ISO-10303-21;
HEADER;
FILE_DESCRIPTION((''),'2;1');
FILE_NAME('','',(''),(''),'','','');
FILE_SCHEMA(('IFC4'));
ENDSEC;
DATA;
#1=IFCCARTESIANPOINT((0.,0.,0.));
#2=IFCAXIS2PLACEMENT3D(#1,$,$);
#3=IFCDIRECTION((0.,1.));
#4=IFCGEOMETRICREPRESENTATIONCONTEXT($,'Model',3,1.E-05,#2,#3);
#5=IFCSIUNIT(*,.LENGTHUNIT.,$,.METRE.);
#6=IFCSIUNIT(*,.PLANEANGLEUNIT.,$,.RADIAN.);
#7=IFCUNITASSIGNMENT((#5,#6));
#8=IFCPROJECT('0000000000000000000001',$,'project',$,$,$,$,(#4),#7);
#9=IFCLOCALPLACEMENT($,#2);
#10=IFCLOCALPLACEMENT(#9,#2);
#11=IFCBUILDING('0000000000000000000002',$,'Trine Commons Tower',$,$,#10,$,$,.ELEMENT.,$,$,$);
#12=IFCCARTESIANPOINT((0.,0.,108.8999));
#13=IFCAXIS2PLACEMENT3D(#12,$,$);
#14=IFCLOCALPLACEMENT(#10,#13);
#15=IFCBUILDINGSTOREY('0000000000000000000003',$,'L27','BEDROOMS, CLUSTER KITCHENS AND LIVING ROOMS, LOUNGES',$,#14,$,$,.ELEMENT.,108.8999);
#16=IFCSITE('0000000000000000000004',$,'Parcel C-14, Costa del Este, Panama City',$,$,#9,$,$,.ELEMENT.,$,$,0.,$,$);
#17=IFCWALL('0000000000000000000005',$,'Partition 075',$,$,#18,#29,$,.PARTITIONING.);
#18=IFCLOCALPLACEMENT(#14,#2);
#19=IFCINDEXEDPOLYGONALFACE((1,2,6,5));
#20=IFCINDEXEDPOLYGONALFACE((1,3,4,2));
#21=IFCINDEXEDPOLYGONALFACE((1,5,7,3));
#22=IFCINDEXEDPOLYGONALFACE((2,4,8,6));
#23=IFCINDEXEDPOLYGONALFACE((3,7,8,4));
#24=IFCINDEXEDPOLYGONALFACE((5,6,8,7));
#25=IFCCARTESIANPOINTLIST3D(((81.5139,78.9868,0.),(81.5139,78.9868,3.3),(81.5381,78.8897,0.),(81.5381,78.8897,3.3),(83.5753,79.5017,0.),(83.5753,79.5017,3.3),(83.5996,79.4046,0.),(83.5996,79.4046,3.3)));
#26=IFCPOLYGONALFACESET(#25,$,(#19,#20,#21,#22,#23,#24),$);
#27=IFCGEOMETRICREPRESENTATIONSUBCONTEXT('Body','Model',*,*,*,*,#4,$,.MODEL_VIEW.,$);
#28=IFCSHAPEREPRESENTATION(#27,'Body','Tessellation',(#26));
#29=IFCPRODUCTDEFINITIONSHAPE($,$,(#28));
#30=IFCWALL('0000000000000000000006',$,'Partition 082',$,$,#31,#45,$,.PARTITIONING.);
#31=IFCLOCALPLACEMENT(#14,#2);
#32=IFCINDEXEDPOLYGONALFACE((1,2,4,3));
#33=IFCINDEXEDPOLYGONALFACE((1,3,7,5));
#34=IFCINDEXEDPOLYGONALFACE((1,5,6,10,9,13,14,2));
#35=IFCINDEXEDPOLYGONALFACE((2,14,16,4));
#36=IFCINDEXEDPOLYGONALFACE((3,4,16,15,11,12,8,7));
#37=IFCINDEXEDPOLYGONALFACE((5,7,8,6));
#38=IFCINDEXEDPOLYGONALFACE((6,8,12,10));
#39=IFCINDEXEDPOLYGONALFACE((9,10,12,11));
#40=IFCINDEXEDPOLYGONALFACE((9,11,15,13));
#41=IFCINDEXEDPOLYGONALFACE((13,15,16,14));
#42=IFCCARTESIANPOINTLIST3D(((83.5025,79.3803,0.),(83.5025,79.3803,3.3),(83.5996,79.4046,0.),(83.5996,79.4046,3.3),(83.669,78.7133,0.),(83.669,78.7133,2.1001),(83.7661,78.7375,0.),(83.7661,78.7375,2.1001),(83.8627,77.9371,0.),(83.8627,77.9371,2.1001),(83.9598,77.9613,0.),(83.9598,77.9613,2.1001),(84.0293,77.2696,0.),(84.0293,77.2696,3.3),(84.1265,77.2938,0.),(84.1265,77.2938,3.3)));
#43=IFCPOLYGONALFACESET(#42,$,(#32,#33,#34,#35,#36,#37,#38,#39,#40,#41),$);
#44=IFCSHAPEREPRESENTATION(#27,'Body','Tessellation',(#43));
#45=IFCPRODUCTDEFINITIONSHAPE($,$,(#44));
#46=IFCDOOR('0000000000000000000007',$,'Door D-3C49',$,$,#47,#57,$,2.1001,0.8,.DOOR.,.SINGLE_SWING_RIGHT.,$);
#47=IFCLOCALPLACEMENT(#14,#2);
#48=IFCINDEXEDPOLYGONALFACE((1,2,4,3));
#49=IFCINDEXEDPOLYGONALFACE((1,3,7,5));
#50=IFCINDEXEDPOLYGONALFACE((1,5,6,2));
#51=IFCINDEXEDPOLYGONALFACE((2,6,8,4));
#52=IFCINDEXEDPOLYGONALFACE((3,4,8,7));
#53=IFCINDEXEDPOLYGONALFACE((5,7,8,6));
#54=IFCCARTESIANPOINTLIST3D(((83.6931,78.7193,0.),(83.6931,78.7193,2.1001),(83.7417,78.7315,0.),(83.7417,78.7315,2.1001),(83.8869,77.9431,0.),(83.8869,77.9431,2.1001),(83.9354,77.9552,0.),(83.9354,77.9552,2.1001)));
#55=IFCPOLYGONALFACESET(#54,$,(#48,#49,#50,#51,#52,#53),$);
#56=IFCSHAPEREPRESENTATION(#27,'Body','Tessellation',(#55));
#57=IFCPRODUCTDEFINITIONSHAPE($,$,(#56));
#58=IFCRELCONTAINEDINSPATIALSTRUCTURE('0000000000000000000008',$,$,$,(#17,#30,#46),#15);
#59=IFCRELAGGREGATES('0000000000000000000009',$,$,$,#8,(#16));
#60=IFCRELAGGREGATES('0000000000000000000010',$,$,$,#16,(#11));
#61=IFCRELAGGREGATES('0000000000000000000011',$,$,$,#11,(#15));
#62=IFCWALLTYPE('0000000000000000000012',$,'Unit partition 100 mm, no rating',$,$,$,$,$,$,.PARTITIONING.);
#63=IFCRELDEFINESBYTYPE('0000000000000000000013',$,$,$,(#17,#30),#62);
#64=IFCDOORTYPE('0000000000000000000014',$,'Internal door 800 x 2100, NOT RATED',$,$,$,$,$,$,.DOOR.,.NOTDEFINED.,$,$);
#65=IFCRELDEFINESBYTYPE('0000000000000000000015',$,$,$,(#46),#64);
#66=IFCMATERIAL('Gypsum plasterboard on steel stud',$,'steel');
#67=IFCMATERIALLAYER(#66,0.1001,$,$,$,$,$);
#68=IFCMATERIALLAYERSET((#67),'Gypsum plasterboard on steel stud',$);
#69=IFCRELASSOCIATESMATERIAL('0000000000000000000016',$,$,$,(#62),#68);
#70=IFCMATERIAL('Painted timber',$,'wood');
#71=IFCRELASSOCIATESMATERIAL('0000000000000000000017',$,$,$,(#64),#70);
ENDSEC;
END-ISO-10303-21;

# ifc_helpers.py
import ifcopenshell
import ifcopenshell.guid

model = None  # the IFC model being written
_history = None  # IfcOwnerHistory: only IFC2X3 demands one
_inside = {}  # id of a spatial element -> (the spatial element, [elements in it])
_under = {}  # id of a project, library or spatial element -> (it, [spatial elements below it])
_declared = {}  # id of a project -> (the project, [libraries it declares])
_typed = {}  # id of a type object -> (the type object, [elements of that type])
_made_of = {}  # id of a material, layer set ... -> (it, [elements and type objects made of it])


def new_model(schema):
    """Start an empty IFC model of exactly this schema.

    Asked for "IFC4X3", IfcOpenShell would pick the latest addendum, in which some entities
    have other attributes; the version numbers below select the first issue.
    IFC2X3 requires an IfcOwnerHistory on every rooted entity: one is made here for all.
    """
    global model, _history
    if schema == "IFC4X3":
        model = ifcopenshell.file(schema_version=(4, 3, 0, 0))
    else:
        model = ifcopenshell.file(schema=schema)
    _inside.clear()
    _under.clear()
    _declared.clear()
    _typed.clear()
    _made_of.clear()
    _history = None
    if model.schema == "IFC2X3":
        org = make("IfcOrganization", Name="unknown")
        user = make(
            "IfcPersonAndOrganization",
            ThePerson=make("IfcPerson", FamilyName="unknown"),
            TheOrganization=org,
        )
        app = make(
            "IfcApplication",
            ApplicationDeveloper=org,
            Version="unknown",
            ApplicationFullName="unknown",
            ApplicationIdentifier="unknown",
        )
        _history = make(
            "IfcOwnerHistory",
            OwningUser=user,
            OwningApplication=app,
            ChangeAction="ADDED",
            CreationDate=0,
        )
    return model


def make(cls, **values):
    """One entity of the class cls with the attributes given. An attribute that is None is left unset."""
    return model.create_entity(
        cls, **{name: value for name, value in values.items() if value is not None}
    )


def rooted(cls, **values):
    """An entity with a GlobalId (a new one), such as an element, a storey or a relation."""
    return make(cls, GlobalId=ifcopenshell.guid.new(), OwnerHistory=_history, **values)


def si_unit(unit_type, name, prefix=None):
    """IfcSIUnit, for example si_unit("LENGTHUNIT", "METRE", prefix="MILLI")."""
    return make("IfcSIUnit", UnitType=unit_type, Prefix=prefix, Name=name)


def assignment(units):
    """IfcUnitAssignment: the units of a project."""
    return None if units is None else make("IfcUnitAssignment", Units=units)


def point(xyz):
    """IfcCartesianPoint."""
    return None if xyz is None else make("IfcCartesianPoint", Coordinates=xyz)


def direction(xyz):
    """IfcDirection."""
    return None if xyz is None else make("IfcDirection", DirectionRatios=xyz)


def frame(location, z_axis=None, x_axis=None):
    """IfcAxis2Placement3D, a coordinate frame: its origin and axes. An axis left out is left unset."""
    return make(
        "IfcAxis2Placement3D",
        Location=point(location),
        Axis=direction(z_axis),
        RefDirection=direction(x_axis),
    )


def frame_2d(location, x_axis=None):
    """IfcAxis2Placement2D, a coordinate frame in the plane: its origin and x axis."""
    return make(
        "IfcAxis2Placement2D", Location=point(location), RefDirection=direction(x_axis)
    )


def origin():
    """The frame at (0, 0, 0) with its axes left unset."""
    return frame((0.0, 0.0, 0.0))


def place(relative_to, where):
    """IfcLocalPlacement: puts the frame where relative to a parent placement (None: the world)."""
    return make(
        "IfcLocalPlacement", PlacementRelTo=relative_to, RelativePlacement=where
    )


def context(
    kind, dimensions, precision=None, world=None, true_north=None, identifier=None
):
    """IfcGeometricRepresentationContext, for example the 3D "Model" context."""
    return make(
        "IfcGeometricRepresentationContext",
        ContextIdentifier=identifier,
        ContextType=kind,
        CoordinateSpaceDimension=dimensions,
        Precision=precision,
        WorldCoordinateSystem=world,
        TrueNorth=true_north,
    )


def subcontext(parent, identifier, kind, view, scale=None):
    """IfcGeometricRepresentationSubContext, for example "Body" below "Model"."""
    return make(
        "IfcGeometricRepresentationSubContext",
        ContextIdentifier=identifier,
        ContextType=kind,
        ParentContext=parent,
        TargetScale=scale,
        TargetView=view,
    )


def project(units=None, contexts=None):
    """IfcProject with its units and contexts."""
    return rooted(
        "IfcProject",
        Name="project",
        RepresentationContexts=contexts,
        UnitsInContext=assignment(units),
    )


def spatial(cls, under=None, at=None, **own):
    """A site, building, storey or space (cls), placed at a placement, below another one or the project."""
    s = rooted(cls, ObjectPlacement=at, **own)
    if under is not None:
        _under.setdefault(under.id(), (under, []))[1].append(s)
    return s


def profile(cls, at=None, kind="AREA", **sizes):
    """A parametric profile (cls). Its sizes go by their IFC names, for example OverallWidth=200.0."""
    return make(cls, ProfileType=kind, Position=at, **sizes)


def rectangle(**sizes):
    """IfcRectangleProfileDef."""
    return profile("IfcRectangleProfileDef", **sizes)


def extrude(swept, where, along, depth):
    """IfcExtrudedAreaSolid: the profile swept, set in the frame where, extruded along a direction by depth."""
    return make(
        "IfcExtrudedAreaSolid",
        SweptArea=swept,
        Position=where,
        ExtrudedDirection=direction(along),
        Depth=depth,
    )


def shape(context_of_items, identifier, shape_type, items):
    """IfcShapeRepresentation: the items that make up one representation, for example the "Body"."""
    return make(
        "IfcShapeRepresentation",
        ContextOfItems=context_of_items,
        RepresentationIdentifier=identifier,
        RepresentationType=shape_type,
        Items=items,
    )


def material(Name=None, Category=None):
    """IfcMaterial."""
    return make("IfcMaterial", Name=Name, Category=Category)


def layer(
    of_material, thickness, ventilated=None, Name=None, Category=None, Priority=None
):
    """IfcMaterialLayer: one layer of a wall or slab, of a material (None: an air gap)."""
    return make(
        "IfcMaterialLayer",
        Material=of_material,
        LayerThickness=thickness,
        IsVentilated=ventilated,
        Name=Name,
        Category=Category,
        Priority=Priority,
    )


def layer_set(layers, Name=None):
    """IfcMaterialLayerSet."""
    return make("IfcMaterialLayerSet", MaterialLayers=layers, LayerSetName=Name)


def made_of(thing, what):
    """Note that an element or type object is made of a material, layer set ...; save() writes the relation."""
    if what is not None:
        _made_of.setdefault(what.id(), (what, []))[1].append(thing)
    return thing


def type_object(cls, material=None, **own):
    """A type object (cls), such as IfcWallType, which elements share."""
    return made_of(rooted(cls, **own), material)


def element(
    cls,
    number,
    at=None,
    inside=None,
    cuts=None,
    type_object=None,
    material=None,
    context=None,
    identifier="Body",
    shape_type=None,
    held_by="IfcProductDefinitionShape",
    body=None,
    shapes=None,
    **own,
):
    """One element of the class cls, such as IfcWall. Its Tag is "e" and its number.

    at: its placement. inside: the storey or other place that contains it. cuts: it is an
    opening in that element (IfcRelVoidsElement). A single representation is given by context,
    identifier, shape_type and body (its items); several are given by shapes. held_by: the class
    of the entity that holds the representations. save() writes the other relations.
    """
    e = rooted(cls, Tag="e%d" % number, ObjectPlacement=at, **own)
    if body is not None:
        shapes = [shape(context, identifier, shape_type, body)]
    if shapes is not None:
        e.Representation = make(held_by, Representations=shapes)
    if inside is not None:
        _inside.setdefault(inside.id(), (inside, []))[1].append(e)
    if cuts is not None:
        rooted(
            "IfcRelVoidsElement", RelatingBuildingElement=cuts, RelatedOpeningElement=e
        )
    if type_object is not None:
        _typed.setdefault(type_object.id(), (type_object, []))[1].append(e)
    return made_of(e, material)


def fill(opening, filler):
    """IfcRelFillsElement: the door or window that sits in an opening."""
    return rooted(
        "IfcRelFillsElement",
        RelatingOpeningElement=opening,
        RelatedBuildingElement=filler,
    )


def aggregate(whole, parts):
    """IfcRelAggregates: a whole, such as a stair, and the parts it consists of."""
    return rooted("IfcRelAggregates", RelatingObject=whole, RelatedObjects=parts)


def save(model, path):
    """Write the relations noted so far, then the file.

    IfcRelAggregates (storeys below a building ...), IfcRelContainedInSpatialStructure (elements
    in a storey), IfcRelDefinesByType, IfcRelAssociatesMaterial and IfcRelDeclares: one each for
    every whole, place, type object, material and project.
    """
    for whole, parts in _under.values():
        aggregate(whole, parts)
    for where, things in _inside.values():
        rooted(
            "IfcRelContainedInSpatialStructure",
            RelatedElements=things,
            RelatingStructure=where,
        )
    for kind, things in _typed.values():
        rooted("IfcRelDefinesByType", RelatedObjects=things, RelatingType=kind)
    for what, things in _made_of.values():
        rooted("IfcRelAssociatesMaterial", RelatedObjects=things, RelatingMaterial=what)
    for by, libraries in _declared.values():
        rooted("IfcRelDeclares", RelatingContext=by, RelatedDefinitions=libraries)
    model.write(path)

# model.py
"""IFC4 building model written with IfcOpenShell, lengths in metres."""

from ifc_helpers import new_model, si_unit, direction, frame, frame_2d, origin, place, context, subcontext, project, spatial, rectangle, extrude, material, layer, layer_set, type_object, element, fill, save


model = new_model("IFC4")

# Units and contexts
model_context = context("Model", 3, precision=1e-05, world=origin(), true_north=direction((0.0, 1.0)))
body_context = subcontext(model_context, "Body", "Model", "MODEL_VIEW")
ifc_project = project(units=[si_unit("LENGTHUNIT", "METRE"), si_unit("PLANEANGLEUNIT", "RADIAN")], contexts=[model_context])

# Site, building, storey
site_placement = place(None, origin())
site = spatial("IfcSite", under=ifc_project, at=site_placement, Name="Parcel C-14, Costa del Este, Panama City", CompositionType="ELEMENT", RefElevation=0.0)
building_placement = place(site_placement, origin())
building = spatial("IfcBuilding", under=site, at=building_placement, Name="Trine Commons Tower", CompositionType="ELEMENT")
storey_placement = place(building_placement, frame((0.0, 0.0, 108.8999)))
storey = spatial("IfcBuildingStorey", under=building, at=storey_placement, Name="L27", Description="BEDROOMS, CLUSTER KITCHENS AND LIVING ROOMS, LOUNGES", CompositionType="ELEMENT", Elevation=108.8999)

# Shared definitions
ifc_material_1 = material(Name="Gypsum plasterboard on steel stud", Category="steel")

# Shared definitions
ifc_material_2 = material(Name="Painted timber", Category="wood")

# Wall
ifc_layer_1 = layer(ifc_material_1, 0.1001)
ifc_layer_set_1 = layer_set([ifc_layer_1], Name="Gypsum plasterboard on steel stud")
wall_type_1 = type_object("IfcWallType", Name="Unit partition 100 mm, no rating", PredefinedType="PARTITIONING", material=ifc_layer_set_1)
wall_1_placement = place(storey_placement, frame((81.5259, 78.9382, 0.0), z_axis=(0.0, 0.0, 1.0), x_axis=(0.970197, 0.242319, 0.0)))
element("IfcWall", 1, at=wall_1_placement, inside=storey, type_object=wall_type_1, Name="Partition 075", PredefinedType="PARTITIONING", context=body_context, shape_type="SweptSolid", body=[
    extrude(rectangle(XDim=2.1248, YDim=0.1001, at=frame_2d((1.0625, 0.0))), origin(), (0.0, 0.0, 1.0), 3.3),
])

# Wall, opening, door
wall_2_placement = place(storey_placement, frame((83.551, 79.3926, 0.0), z_axis=(0.0, 0.0, 1.0), x_axis=(0.242166, -0.970235, 0.0)))
wall_2 = element("IfcWall", 2, at=wall_2_placement, inside=storey, type_object=wall_type_1, Name="Partition 082", PredefinedType="PARTITIONING", context=body_context, shape_type="SweptSolid", body=[
    extrude(rectangle(XDim=2.1755, YDim=0.1001, at=frame_2d((1.0879, 0.0))), origin(), (0.0, 0.0, 1.0), 3.3),
])
opening_1_placement = place(wall_2_placement, frame((0.6877, 0.0, 0.0)))
opening_1 = element("IfcOpeningElement", 3, at=opening_1_placement, cuts=wall_2, PredefinedType="OPENING", context=body_context, shape_type="SweptSolid", body=[
    extrude(rectangle(XDim=0.8, YDim=2.1001, at=frame_2d((0.3999, 1.05))), frame((0.0, 0.0601, 0.0), z_axis=(0.0, -1.0, 0.0), x_axis=(1.0, 0.0, 0.0)), (0.0, 0.0, 1.0), 0.1201),
])
door_type_1 = type_object("IfcDoorType", Name="Internal door 800 x 2100, NOT RATED", OperationType="NOTDEFINED", PredefinedType="DOOR", material=ifc_material_2)
door_1_placement = place(opening_1_placement, origin())
door_1 = element("IfcDoor", 4, at=door_1_placement, inside=storey, type_object=door_type_1, Name="Door D-3C49", OperationType="SINGLE_SWING_RIGHT", OverallHeight=2.1001, OverallWidth=0.8, PredefinedType="DOOR", context=body_context, shape_type="SweptSolid", body=[
    extrude(rectangle(XDim=0.8, YDim=2.1001, at=frame_2d((0.3999, 1.05))), frame((0.0, 0.0249, 0.0), z_axis=(0.0, -1.0, 0.0), x_axis=(1.0, 0.0, 0.0)), (0.0, 0.0, 1.0), 0.05),
])
fill(opening_1, door_1)

save(model, "model.ifc")
